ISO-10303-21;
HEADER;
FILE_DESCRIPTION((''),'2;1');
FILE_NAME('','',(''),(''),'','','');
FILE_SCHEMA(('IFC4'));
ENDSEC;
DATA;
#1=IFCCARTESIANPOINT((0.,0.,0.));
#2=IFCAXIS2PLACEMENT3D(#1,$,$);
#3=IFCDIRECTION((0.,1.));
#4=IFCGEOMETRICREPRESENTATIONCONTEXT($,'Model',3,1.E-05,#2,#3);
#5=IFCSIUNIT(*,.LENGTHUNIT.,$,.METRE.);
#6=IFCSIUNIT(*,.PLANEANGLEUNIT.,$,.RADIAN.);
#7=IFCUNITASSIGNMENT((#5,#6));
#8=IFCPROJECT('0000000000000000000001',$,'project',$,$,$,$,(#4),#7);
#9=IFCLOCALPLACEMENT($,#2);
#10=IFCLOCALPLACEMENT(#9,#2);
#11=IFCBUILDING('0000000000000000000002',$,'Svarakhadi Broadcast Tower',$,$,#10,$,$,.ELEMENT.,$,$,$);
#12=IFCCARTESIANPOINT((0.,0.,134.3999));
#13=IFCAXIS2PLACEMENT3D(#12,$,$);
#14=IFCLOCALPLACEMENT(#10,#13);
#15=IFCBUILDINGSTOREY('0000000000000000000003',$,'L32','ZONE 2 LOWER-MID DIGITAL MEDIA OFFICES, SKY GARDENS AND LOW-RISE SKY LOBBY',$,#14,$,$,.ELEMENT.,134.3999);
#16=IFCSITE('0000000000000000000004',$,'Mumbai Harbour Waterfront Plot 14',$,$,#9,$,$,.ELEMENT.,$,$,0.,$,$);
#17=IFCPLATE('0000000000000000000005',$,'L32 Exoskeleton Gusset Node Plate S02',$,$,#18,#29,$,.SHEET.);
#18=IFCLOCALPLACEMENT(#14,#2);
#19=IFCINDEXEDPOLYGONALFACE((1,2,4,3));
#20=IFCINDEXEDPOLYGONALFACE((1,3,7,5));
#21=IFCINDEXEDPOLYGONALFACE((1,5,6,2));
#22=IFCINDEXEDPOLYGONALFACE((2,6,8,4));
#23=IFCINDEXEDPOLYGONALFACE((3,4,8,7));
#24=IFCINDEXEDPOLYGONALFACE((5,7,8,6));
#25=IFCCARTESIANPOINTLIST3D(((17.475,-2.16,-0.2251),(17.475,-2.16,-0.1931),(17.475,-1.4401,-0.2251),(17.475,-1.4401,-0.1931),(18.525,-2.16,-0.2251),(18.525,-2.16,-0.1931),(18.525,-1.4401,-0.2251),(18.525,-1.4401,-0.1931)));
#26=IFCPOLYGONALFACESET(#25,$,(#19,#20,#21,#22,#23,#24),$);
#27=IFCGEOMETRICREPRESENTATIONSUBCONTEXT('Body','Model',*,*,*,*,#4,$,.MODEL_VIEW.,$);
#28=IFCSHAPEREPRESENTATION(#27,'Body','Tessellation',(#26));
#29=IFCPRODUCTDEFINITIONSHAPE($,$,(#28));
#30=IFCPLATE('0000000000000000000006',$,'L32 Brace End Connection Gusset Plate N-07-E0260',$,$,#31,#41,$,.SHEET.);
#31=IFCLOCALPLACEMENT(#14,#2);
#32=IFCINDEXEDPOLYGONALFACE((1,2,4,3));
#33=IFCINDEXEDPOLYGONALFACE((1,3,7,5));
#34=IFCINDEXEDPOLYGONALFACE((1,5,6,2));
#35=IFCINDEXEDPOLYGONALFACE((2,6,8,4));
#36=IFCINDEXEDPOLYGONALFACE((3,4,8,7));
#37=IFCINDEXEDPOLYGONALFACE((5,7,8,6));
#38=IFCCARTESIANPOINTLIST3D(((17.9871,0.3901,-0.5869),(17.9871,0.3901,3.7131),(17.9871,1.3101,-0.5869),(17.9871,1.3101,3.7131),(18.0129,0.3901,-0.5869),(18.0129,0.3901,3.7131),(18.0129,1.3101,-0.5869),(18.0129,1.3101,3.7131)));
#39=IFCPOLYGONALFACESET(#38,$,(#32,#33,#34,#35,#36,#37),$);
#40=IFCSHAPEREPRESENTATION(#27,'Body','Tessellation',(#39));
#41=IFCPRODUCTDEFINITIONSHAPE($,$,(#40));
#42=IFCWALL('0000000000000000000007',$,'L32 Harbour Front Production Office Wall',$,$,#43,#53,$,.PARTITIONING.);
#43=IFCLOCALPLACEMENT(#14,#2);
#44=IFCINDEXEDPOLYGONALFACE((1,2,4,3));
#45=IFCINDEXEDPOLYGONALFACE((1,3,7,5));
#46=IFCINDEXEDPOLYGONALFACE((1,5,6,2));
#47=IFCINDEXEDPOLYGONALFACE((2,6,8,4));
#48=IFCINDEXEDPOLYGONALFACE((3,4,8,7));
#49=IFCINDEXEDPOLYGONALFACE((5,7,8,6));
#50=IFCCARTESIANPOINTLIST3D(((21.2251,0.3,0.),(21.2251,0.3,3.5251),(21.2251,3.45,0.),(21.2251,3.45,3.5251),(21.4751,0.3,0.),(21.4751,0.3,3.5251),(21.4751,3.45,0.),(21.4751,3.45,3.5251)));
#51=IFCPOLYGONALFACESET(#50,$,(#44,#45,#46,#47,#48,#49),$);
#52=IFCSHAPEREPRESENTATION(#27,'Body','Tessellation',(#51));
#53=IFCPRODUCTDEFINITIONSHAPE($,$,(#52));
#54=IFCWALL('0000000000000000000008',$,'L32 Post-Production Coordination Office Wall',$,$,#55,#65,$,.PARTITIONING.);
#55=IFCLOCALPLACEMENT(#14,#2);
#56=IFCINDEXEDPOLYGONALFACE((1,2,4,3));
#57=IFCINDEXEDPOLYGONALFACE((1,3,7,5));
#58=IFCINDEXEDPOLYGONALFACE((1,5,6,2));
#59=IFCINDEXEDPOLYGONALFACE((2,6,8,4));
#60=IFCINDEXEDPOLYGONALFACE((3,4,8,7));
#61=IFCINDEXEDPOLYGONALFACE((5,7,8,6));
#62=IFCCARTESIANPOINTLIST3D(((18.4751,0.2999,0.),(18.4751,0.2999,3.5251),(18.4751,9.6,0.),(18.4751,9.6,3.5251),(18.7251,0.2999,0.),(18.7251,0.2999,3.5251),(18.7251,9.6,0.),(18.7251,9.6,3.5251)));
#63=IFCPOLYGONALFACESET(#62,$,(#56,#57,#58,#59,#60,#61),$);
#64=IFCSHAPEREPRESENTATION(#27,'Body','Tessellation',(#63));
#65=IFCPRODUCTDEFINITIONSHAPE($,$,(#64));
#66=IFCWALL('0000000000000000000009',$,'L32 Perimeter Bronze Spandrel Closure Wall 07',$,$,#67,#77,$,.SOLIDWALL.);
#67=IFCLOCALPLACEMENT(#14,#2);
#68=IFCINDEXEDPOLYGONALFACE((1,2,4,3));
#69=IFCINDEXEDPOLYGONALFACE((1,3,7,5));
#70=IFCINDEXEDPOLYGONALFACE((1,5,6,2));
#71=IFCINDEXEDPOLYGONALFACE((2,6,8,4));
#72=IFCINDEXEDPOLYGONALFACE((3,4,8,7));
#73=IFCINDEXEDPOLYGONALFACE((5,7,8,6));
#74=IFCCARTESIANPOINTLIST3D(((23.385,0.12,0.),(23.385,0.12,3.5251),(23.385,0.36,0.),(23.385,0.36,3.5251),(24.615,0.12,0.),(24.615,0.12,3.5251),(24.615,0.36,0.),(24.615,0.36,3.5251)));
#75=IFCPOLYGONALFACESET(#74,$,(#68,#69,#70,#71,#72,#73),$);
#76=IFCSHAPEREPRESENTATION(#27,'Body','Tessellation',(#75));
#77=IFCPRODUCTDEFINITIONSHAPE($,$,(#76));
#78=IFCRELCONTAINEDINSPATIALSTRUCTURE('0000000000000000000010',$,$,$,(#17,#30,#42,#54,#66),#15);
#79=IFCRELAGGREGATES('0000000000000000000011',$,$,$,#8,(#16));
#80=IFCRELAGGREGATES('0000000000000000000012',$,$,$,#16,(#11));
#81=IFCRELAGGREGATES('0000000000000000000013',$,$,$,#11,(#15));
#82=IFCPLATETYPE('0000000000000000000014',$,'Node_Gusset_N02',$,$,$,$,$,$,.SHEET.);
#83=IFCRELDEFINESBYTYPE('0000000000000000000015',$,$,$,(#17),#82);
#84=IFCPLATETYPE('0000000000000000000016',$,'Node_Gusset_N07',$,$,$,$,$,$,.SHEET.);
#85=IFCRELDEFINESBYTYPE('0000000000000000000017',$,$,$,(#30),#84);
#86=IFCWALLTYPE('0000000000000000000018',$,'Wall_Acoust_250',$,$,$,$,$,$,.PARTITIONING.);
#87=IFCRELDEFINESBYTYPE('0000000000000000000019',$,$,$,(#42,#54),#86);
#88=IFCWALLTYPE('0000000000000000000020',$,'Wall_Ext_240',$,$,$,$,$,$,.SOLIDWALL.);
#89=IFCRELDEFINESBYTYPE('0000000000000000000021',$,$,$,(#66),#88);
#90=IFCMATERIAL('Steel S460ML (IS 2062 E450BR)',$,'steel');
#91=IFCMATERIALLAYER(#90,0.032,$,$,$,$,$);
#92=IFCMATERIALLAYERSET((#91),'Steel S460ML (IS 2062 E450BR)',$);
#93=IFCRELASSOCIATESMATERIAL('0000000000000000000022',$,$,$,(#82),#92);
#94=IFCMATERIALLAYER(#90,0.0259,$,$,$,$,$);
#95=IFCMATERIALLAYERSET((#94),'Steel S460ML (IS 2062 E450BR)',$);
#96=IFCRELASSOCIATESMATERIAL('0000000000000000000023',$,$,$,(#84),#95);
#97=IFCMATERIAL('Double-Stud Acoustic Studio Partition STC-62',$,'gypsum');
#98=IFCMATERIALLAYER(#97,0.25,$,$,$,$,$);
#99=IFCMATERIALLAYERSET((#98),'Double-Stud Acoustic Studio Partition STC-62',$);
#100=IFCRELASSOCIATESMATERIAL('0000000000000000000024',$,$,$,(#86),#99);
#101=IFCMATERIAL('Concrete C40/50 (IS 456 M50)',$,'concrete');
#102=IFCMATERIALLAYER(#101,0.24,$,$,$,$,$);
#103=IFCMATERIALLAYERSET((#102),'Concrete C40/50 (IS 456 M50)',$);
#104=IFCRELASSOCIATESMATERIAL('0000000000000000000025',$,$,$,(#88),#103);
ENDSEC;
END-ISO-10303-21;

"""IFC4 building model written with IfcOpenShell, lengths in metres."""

from ifc_helpers import new_model, si_unit, direction, frame, frame_2d, origin, origin_2d, place, context, subcontext, project, spatial, rectangle, extrude, material, layer, layer_set, type_object, element, save


model = new_model("IFC4")

# Units and contexts
model_context = context("Model", 3, precision=1e-05, world=origin(), true_north=direction((0.0, 1.0)))
body_context = subcontext(model_context, "Body", "Model", "MODEL_VIEW")
ifc_project = project(units=[si_unit("LENGTHUNIT", "METRE"), si_unit("PLANEANGLEUNIT", "RADIAN")], contexts=[model_context])

# Site, building, storey
site_placement = place(None, origin())
site = spatial("IfcSite", under=ifc_project, at=site_placement, Name="Mumbai Harbour Waterfront Plot 14", CompositionType="ELEMENT", RefElevation=0.0)
building_placement = place(site_placement, origin())
building = spatial("IfcBuilding", under=site, at=building_placement, Name="Svarakhadi Broadcast Tower", CompositionType="ELEMENT")
storey_placement = place(building_placement, frame((0.0, 0.0, 134.3999)))
storey = spatial("IfcBuildingStorey", under=building, at=storey_placement, Name="L32", Description="ZONE 2 LOWER-MID DIGITAL MEDIA OFFICES, SKY GARDENS AND LOW-RISE SKY LOBBY", CompositionType="ELEMENT", Elevation=134.3999)

# Shared definitions
ifc_material_1 = material(Name="Steel S460ML (IS 2062 E450BR)", Category="steel")

# Plates
ifc_layer_1 = layer(ifc_material_1, 0.032)
ifc_layer_set_1 = layer_set([ifc_layer_1], Name="Steel S460ML (IS 2062 E450BR)")
plate_type_1 = type_object("IfcPlateType", Name="Node_Gusset_N02", PredefinedType="SHEET", material=ifc_layer_set_1)
plate_1_placement = place(storey_placement, frame((18.0, -1.8, -0.2251), z_axis=(0.0, 0.0, 1.0), x_axis=(1.0, 0.0, 0.0)))
element("IfcPlate", 1, at=plate_1_placement, inside=storey, type_object=plate_type_1, Name="L32 Exoskeleton Gusset Node Plate S02", PredefinedType="SHEET", context=body_context, shape_type="SweptSolid", body=[
    extrude(rectangle(XDim=1.05, YDim=0.72, at=origin_2d()), origin(), (0.0, 0.0, 1.0), 0.032),
])
ifc_layer_2 = layer(ifc_material_1, 0.0259)
ifc_layer_set_2 = layer_set([ifc_layer_2], Name="Steel S460ML (IS 2062 E450BR)")
plate_type_2 = type_object("IfcPlateType", Name="Node_Gusset_N07", PredefinedType="SHEET", material=ifc_layer_set_2)
plate_2_placement = place(storey_placement, frame((18.0, 0.8501, -0.5869), z_axis=(0.0, 0.0, 1.0), x_axis=(0.0, 1.0, 0.0)))
element("IfcPlate", 2, at=plate_2_placement, inside=storey, type_object=plate_type_2, Name="L32 Brace End Connection Gusset Plate N-07-E0260", PredefinedType="SHEET", context=body_context, shape_type="SweptSolid", body=[
    extrude(rectangle(XDim=0.9199, YDim=0.0259, at=origin_2d()), origin(), (0.0, 0.0, 1.0), 4.3),
])

# Walls
ifc_material_2 = material(Name="Double-Stud Acoustic Studio Partition STC-62", Category="gypsum")
ifc_layer_3 = layer(ifc_material_2, 0.25)
ifc_layer_set_3 = layer_set([ifc_layer_3], Name="Double-Stud Acoustic Studio Partition STC-62")
wall_type_1 = type_object("IfcWallType", Name="Wall_Acoust_250", PredefinedType="PARTITIONING", material=ifc_layer_set_3)
wall_1_placement = place(storey_placement, frame((21.3501, 0.3, 0.0), z_axis=(0.0, 0.0, 1.0), x_axis=(0.0, 1.0, 0.0)))
element("IfcWall", 3, at=wall_1_placement, inside=storey, type_object=wall_type_1, Name="L32 Harbour Front Production Office Wall", PredefinedType="PARTITIONING", context=body_context, shape_type="SweptSolid", body=[
    extrude(rectangle(XDim=3.1499, YDim=0.25, at=frame_2d((1.575, 0.0))), origin(), (0.0, 0.0, 1.0), 3.5251),
])
wall_2_placement = place(storey_placement, frame((18.6001, 0.3, 0.0), z_axis=(0.0, 0.0, 1.0), x_axis=(0.0, 1.0, 0.0)))
element("IfcWall", 4, at=wall_2_placement, inside=storey, type_object=wall_type_1, Name="L32 Post-Production Coordination Office Wall", PredefinedType="PARTITIONING", context=body_context, shape_type="SweptSolid", body=[
    extrude(rectangle(XDim=9.3, YDim=0.25, at=frame_2d((4.6499, 0.0))), origin(), (0.0, 0.0, 1.0), 3.5251),
])
ifc_material_3 = material(Name="Concrete C40/50 (IS 456 M50)", Category="concrete")
ifc_layer_4 = layer(ifc_material_3, 0.24)
ifc_layer_set_4 = layer_set([ifc_layer_4], Name="Concrete C40/50 (IS 456 M50)")
wall_type_2 = type_object("IfcWallType", Name="Wall_Ext_240", PredefinedType="SOLIDWALL", material=ifc_layer_set_4)
wall_3_placement = place(storey_placement, frame((24.615, 0.24, 0.0), z_axis=(0.0, 0.0, 1.0), x_axis=(-1.0, 0.0, 0.0)))
element("IfcWall", 5, at=wall_3_placement, inside=storey, type_object=wall_type_2, Name="L32 Perimeter Bronze Spandrel Closure Wall 07", PredefinedType="SOLIDWALL", context=body_context, shape_type="SweptSolid", body=[
    extrude(rectangle(XDim=1.23, YDim=0.24, at=frame_2d((0.615, 0.0))), origin(), (0.0, 0.0, 1.0), 3.5251),
])

save(model, "model.ifc")
